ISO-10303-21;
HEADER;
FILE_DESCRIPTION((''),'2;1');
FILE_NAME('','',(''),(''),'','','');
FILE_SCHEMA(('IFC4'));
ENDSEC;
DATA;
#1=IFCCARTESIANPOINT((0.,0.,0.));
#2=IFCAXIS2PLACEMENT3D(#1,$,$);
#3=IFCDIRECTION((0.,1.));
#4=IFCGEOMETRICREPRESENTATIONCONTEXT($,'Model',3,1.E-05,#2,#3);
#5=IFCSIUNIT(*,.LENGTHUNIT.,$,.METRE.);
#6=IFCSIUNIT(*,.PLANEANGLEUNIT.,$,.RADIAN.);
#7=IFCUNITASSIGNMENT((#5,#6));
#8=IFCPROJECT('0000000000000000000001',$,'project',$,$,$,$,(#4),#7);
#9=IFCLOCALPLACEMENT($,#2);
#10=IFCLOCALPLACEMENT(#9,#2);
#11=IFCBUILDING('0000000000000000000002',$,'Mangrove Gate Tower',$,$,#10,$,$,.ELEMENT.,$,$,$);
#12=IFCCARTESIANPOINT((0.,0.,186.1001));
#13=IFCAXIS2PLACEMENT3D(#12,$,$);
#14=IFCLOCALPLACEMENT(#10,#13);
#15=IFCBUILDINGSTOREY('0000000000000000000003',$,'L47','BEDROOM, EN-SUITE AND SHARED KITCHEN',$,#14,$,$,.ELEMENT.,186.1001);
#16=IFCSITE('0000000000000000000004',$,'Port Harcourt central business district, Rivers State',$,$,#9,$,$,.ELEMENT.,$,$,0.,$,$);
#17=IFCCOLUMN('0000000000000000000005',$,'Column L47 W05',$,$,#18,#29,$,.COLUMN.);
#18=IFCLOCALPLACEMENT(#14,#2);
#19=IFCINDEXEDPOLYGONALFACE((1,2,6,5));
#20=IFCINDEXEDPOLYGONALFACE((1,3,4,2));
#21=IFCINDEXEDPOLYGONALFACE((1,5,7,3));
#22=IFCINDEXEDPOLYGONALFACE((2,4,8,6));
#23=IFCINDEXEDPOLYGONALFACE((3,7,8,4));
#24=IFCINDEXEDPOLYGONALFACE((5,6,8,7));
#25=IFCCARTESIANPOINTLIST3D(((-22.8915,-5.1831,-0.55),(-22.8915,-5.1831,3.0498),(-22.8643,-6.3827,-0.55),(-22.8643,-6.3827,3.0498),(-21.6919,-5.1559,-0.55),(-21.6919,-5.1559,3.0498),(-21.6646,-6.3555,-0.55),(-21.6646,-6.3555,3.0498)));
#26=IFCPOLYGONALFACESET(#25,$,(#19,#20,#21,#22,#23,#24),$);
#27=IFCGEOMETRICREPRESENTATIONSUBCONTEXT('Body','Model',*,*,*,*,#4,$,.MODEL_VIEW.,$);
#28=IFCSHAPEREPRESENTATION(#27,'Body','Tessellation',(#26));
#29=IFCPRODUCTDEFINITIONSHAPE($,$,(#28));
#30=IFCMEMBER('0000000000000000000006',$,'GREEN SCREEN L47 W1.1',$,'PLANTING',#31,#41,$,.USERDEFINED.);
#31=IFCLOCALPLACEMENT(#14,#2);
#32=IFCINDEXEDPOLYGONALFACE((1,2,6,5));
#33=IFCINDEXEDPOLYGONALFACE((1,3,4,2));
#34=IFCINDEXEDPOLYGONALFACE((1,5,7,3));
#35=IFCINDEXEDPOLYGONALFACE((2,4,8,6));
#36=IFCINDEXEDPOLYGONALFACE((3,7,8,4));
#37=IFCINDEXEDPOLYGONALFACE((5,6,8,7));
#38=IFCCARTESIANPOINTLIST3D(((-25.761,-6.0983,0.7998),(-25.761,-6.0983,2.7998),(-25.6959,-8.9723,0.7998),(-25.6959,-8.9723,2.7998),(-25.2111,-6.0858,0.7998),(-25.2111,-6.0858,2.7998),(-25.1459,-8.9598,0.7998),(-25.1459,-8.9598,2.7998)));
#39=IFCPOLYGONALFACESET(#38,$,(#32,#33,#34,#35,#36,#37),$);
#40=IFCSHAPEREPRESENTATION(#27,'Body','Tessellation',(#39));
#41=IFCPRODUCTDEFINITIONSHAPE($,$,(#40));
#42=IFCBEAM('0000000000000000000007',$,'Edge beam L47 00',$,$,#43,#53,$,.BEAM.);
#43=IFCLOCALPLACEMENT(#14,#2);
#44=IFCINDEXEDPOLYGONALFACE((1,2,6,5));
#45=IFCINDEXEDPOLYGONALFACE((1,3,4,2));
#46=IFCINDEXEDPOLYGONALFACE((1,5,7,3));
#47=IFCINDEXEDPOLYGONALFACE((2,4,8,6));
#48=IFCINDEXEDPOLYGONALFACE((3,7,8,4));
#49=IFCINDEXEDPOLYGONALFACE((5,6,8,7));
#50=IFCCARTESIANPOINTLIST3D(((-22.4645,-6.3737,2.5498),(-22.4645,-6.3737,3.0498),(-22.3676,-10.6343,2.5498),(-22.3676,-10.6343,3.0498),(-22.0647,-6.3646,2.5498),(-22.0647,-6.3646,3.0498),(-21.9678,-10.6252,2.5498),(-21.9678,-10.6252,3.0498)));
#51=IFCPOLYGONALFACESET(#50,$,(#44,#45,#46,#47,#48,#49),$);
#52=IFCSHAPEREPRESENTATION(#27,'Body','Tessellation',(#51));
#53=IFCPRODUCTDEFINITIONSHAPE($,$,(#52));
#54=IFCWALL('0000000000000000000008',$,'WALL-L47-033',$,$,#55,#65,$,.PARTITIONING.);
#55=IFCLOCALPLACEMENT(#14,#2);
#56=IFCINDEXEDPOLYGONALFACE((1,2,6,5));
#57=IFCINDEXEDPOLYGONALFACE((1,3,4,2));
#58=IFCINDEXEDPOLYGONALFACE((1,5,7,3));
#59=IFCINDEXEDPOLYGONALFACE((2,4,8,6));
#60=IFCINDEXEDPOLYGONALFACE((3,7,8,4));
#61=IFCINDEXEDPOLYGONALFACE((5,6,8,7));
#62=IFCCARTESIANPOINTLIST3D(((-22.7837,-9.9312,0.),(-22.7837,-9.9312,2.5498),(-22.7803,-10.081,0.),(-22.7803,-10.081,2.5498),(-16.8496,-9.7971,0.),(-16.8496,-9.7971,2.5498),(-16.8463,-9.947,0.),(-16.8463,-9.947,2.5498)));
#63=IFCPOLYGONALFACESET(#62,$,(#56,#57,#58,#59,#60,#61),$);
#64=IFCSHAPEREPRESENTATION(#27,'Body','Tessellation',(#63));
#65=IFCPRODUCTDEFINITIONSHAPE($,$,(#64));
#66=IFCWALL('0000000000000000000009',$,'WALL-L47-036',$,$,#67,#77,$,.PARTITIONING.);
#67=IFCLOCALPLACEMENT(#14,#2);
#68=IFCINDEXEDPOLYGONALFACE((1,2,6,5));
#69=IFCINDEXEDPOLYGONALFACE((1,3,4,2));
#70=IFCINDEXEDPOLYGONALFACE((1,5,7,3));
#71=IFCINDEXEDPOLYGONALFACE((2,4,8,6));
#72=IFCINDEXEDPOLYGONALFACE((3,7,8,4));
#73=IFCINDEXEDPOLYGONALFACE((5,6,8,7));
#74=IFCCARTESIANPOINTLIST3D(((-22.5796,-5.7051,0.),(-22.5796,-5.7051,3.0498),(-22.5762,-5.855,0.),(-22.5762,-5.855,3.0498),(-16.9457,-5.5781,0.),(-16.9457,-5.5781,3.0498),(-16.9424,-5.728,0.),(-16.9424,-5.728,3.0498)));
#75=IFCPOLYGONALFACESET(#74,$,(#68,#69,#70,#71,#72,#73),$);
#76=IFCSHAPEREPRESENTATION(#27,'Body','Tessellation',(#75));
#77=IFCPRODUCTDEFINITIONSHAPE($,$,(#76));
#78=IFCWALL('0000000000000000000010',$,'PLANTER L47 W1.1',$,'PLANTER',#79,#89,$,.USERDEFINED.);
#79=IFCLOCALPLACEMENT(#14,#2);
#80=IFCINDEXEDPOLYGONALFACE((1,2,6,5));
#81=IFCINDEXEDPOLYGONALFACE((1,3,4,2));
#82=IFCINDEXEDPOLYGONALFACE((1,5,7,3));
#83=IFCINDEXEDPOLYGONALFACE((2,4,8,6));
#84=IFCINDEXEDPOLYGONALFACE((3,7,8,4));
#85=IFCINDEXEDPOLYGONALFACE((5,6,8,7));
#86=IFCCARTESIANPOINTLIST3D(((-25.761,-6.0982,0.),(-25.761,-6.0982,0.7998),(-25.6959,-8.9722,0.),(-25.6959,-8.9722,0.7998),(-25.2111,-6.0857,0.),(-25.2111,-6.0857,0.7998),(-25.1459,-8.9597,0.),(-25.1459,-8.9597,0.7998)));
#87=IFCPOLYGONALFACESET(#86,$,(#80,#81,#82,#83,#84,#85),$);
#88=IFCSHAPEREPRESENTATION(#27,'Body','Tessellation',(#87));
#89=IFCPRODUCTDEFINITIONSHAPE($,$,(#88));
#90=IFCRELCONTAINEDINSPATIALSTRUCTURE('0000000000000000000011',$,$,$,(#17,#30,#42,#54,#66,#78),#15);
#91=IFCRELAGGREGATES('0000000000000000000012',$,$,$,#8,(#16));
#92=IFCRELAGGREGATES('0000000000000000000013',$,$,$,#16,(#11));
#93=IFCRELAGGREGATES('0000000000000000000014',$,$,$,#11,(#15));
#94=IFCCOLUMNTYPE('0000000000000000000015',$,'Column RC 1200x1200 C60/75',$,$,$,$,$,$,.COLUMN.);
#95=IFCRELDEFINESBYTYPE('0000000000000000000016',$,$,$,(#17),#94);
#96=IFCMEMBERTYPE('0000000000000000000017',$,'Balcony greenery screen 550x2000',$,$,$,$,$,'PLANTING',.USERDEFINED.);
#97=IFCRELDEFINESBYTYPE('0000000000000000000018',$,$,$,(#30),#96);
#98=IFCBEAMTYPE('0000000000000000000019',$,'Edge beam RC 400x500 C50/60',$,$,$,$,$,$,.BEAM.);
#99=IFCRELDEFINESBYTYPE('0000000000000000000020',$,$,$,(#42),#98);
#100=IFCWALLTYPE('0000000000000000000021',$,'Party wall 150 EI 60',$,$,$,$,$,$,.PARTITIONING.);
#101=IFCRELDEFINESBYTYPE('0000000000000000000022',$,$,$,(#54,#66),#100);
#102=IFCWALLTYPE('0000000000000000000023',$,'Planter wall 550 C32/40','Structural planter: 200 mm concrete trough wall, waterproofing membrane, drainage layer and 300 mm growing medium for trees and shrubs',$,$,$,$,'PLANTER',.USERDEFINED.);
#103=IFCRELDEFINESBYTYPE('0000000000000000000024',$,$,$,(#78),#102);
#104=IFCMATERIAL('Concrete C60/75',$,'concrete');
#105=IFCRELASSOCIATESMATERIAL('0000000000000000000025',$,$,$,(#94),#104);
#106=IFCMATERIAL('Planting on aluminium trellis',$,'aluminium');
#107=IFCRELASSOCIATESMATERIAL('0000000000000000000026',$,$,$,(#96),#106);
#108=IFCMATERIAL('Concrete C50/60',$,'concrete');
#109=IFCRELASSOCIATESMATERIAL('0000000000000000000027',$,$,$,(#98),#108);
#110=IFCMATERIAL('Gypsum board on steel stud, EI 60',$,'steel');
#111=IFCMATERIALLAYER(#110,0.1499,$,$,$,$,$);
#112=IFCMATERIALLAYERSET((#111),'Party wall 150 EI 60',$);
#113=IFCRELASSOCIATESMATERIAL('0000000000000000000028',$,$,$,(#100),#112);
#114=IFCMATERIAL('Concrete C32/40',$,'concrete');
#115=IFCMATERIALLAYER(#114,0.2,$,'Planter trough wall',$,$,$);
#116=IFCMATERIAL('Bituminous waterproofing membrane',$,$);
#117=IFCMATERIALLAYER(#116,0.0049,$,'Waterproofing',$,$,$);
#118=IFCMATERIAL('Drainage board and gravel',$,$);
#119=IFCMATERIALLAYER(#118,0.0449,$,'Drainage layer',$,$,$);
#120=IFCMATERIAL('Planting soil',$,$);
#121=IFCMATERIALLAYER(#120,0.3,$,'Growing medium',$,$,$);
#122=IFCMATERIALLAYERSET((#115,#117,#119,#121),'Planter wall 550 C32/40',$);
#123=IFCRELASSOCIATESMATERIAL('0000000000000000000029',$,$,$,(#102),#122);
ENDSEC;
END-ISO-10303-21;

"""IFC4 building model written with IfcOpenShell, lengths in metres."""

from ifc_helpers import new_model, si_unit, direction, frame, frame_2d, origin, origin_2d, place, context, subcontext, project, spatial, rectangle, extrude, material, layer, layer_set, material_profile, profile_set, type_object, element, save


model = new_model("IFC4")

# Units and contexts
model_context = context("Model", 3, precision=1e-05, world=origin(), true_north=direction((0.0, 1.0)))
body_context = subcontext(model_context, "Body", "Model", "MODEL_VIEW")
ifc_project = project(units=[si_unit("LENGTHUNIT", "METRE"), si_unit("PLANEANGLEUNIT", "RADIAN")], contexts=[model_context])

# Site, building, storey
site_placement = place(None, origin())
site = spatial("IfcSite", under=ifc_project, at=site_placement, Name="Port Harcourt central business district, Rivers State", CompositionType="ELEMENT", RefElevation=0.0)
building_placement = place(site_placement, origin())
building = spatial("IfcBuilding", under=site, at=building_placement, Name="Mangrove Gate Tower", CompositionType="ELEMENT")
storey_placement = place(building_placement, frame((0.0, 0.0, 186.1001)))
storey = spatial("IfcBuildingStorey", under=building, at=storey_placement, Name="L47", Description="BEDROOM, EN-SUITE AND SHARED KITCHEN", CompositionType="ELEMENT", Elevation=186.1001)

# Column
ifc_material_1 = material(Name="Concrete C60/75", Category="concrete")
ifc_material_profile_1 = material_profile(ifc_material_1, rectangle(XDim=1.2, YDim=1.2, at=origin_2d()))
ifc_profile_set_1 = profile_set([ifc_material_profile_1], Name="Concrete C60/75")
column_type = type_object("IfcColumnType", Name="Column RC 1200x1200 C60/75", PredefinedType="COLUMN", material=ifc_profile_set_1)
column_placement = place(storey_placement, frame((-22.2781, -5.7693, -0.55), z_axis=(0.0, 0.0, 1.0), x_axis=(0.022693, -0.999742, 0.0)))
element("IfcColumn", 1, at=column_placement, inside=storey, type_object=column_type, Name="Column L47 W05", PredefinedType="COLUMN", context=body_context, shape_type="SweptSolid", body=[
    extrude(rectangle(XDim=1.2, YDim=1.2, at=origin_2d()), origin(), (0.0, 0.0, 1.0), 3.5999),
])

# Member
ifc_material_2 = material(Name="Planting on aluminium trellis", Category="aluminium")
ifc_material_profile_2 = material_profile(ifc_material_2, rectangle(XDim=0.55, YDim=2.0, at=origin_2d()))
ifc_profile_set_2 = profile_set([ifc_material_profile_2], Name="Planting on aluminium trellis")
member_type = type_object("IfcMemberType", Name="Balcony greenery screen 550x2000", ElementType="PLANTING", PredefinedType="USERDEFINED", material=ifc_profile_set_2)
member_placement = place(storey_placement, frame((-25.4209, -8.9661, 1.7998), z_axis=(-0.022675, 0.999743, 0.0), x_axis=(-0.999743, -0.022675, 0.0)))
element("IfcMember", 2, at=member_placement, inside=storey, type_object=member_type, Name="GREEN SCREEN L47 W1.1", ObjectType="PLANTING", PredefinedType="USERDEFINED", context=body_context, shape_type="SweptSolid", body=[
    extrude(rectangle(XDim=0.55, YDim=2.0, at=origin_2d()), origin(), (0.0, 0.0, 1.0), 2.8748),
])

# Beam
ifc_material_3 = material(Name="Concrete C50/60", Category="concrete")
ifc_material_profile_3 = material_profile(ifc_material_3, rectangle(XDim=0.3999, YDim=0.5, at=origin_2d()))
ifc_profile_set_3 = profile_set([ifc_material_profile_3], Name="Concrete C50/60")
beam_type = type_object("IfcBeamType", Name="Edge beam RC 400x500 C50/60", PredefinedType="BEAM", material=ifc_profile_set_3)
beam_placement = place(storey_placement, frame((-22.2646, -6.3691, 2.7998), z_axis=(0.022744, -0.999741, 0.0), x_axis=(0.999741, 0.022744, 0.0)))
element("IfcBeam", 3, at=beam_placement, inside=storey, type_object=beam_type, Name="Edge beam L47 00", PredefinedType="BEAM", context=body_context, shape_type="SweptSolid", body=[
    extrude(rectangle(XDim=0.3999, YDim=0.5, at=origin_2d()), origin(), (0.0, 0.0, 1.0), 4.2617),
])

# Walls
ifc_material_4 = material(Name="Gypsum board on steel stud, EI 60", Category="steel")
ifc_layer_1 = layer(ifc_material_4, 0.1499)
ifc_layer_set_1 = layer_set([ifc_layer_1], Name="Party wall 150 EI 60")
wall_type_1 = type_object("IfcWallType", Name="Party wall 150 EI 60", PredefinedType="PARTITIONING", material=ifc_layer_set_1)
wall_1_placement = place(storey_placement, frame((-22.782, -10.0061, 0.0), z_axis=(0.0, 0.0, 1.0), x_axis=(0.999745, 0.022581, 0.0)))
element("IfcWall", 4, at=wall_1_placement, inside=storey, type_object=wall_type_1, Name="WALL-L47-033", PredefinedType="PARTITIONING", context=body_context, shape_type="SweptSolid", body=[
    extrude(rectangle(XDim=5.9355, YDim=0.1499, at=frame_2d((2.9678, 0.0))), origin(), (0.0, 0.0, 1.0), 2.5498),
])
wall_2_placement = place(storey_placement, frame((-22.5779, -5.78, 0.0), z_axis=(0.0, 0.0, 1.0), x_axis=(0.999746, 0.022529, 0.0)))
element("IfcWall", 5, at=wall_2_placement, inside=storey, type_object=wall_type_1, Name="WALL-L47-036", PredefinedType="PARTITIONING", context=body_context, shape_type="SweptSolid", body=[
    extrude(rectangle(XDim=5.6353, YDim=0.1499, at=frame_2d((2.8176, 0.0))), origin(), (0.0, 0.0, 1.0), 3.0498),
])
ifc_material_5 = material(Name="Concrete C32/40", Category="concrete")
ifc_layer_2 = layer(ifc_material_5, 0.2, Name="Planter trough wall")
ifc_material_6 = material(Name="Bituminous waterproofing membrane")
ifc_layer_3 = layer(ifc_material_6, 0.0049, Name="Waterproofing")
ifc_material_7 = material(Name="Drainage board and gravel")
ifc_layer_4 = layer(ifc_material_7, 0.0449, Name="Drainage layer")
ifc_material_8 = material(Name="Planting soil")
ifc_layer_5 = layer(ifc_material_8, 0.3, Name="Growing medium")
ifc_layer_set_2 = layer_set([ifc_layer_2, ifc_layer_3, ifc_layer_4, ifc_layer_5], Name="Planter wall 550 C32/40")
wall_type_2 = type_object("IfcWallType", Name="Planter wall 550 C32/40", Description="Structural planter: 200 mm concrete trough wall, waterproofing membrane, drainage layer and 300 mm growing medium for trees and shrubs", ElementType="PLANTER", PredefinedType="USERDEFINED", material=ifc_layer_set_2)
wall_3_placement = place(storey_placement, frame((-25.4209, -8.9661, 0.0), z_axis=(0.0, 0.0, 1.0), x_axis=(-0.022675, 0.999743, 0.0)))
element("IfcWall", 6, at=wall_3_placement, inside=storey, type_object=wall_type_2, Name="PLANTER L47 W1.1", ObjectType="PLANTER", PredefinedType="USERDEFINED", context=body_context, shape_type="SweptSolid", body=[
    extrude(rectangle(XDim=2.8748, YDim=0.55, at=frame_2d((1.4375, 0.0))), origin(), (0.0, 0.0, 1.0), 0.7998),
])

save(model, "model.ifc")
